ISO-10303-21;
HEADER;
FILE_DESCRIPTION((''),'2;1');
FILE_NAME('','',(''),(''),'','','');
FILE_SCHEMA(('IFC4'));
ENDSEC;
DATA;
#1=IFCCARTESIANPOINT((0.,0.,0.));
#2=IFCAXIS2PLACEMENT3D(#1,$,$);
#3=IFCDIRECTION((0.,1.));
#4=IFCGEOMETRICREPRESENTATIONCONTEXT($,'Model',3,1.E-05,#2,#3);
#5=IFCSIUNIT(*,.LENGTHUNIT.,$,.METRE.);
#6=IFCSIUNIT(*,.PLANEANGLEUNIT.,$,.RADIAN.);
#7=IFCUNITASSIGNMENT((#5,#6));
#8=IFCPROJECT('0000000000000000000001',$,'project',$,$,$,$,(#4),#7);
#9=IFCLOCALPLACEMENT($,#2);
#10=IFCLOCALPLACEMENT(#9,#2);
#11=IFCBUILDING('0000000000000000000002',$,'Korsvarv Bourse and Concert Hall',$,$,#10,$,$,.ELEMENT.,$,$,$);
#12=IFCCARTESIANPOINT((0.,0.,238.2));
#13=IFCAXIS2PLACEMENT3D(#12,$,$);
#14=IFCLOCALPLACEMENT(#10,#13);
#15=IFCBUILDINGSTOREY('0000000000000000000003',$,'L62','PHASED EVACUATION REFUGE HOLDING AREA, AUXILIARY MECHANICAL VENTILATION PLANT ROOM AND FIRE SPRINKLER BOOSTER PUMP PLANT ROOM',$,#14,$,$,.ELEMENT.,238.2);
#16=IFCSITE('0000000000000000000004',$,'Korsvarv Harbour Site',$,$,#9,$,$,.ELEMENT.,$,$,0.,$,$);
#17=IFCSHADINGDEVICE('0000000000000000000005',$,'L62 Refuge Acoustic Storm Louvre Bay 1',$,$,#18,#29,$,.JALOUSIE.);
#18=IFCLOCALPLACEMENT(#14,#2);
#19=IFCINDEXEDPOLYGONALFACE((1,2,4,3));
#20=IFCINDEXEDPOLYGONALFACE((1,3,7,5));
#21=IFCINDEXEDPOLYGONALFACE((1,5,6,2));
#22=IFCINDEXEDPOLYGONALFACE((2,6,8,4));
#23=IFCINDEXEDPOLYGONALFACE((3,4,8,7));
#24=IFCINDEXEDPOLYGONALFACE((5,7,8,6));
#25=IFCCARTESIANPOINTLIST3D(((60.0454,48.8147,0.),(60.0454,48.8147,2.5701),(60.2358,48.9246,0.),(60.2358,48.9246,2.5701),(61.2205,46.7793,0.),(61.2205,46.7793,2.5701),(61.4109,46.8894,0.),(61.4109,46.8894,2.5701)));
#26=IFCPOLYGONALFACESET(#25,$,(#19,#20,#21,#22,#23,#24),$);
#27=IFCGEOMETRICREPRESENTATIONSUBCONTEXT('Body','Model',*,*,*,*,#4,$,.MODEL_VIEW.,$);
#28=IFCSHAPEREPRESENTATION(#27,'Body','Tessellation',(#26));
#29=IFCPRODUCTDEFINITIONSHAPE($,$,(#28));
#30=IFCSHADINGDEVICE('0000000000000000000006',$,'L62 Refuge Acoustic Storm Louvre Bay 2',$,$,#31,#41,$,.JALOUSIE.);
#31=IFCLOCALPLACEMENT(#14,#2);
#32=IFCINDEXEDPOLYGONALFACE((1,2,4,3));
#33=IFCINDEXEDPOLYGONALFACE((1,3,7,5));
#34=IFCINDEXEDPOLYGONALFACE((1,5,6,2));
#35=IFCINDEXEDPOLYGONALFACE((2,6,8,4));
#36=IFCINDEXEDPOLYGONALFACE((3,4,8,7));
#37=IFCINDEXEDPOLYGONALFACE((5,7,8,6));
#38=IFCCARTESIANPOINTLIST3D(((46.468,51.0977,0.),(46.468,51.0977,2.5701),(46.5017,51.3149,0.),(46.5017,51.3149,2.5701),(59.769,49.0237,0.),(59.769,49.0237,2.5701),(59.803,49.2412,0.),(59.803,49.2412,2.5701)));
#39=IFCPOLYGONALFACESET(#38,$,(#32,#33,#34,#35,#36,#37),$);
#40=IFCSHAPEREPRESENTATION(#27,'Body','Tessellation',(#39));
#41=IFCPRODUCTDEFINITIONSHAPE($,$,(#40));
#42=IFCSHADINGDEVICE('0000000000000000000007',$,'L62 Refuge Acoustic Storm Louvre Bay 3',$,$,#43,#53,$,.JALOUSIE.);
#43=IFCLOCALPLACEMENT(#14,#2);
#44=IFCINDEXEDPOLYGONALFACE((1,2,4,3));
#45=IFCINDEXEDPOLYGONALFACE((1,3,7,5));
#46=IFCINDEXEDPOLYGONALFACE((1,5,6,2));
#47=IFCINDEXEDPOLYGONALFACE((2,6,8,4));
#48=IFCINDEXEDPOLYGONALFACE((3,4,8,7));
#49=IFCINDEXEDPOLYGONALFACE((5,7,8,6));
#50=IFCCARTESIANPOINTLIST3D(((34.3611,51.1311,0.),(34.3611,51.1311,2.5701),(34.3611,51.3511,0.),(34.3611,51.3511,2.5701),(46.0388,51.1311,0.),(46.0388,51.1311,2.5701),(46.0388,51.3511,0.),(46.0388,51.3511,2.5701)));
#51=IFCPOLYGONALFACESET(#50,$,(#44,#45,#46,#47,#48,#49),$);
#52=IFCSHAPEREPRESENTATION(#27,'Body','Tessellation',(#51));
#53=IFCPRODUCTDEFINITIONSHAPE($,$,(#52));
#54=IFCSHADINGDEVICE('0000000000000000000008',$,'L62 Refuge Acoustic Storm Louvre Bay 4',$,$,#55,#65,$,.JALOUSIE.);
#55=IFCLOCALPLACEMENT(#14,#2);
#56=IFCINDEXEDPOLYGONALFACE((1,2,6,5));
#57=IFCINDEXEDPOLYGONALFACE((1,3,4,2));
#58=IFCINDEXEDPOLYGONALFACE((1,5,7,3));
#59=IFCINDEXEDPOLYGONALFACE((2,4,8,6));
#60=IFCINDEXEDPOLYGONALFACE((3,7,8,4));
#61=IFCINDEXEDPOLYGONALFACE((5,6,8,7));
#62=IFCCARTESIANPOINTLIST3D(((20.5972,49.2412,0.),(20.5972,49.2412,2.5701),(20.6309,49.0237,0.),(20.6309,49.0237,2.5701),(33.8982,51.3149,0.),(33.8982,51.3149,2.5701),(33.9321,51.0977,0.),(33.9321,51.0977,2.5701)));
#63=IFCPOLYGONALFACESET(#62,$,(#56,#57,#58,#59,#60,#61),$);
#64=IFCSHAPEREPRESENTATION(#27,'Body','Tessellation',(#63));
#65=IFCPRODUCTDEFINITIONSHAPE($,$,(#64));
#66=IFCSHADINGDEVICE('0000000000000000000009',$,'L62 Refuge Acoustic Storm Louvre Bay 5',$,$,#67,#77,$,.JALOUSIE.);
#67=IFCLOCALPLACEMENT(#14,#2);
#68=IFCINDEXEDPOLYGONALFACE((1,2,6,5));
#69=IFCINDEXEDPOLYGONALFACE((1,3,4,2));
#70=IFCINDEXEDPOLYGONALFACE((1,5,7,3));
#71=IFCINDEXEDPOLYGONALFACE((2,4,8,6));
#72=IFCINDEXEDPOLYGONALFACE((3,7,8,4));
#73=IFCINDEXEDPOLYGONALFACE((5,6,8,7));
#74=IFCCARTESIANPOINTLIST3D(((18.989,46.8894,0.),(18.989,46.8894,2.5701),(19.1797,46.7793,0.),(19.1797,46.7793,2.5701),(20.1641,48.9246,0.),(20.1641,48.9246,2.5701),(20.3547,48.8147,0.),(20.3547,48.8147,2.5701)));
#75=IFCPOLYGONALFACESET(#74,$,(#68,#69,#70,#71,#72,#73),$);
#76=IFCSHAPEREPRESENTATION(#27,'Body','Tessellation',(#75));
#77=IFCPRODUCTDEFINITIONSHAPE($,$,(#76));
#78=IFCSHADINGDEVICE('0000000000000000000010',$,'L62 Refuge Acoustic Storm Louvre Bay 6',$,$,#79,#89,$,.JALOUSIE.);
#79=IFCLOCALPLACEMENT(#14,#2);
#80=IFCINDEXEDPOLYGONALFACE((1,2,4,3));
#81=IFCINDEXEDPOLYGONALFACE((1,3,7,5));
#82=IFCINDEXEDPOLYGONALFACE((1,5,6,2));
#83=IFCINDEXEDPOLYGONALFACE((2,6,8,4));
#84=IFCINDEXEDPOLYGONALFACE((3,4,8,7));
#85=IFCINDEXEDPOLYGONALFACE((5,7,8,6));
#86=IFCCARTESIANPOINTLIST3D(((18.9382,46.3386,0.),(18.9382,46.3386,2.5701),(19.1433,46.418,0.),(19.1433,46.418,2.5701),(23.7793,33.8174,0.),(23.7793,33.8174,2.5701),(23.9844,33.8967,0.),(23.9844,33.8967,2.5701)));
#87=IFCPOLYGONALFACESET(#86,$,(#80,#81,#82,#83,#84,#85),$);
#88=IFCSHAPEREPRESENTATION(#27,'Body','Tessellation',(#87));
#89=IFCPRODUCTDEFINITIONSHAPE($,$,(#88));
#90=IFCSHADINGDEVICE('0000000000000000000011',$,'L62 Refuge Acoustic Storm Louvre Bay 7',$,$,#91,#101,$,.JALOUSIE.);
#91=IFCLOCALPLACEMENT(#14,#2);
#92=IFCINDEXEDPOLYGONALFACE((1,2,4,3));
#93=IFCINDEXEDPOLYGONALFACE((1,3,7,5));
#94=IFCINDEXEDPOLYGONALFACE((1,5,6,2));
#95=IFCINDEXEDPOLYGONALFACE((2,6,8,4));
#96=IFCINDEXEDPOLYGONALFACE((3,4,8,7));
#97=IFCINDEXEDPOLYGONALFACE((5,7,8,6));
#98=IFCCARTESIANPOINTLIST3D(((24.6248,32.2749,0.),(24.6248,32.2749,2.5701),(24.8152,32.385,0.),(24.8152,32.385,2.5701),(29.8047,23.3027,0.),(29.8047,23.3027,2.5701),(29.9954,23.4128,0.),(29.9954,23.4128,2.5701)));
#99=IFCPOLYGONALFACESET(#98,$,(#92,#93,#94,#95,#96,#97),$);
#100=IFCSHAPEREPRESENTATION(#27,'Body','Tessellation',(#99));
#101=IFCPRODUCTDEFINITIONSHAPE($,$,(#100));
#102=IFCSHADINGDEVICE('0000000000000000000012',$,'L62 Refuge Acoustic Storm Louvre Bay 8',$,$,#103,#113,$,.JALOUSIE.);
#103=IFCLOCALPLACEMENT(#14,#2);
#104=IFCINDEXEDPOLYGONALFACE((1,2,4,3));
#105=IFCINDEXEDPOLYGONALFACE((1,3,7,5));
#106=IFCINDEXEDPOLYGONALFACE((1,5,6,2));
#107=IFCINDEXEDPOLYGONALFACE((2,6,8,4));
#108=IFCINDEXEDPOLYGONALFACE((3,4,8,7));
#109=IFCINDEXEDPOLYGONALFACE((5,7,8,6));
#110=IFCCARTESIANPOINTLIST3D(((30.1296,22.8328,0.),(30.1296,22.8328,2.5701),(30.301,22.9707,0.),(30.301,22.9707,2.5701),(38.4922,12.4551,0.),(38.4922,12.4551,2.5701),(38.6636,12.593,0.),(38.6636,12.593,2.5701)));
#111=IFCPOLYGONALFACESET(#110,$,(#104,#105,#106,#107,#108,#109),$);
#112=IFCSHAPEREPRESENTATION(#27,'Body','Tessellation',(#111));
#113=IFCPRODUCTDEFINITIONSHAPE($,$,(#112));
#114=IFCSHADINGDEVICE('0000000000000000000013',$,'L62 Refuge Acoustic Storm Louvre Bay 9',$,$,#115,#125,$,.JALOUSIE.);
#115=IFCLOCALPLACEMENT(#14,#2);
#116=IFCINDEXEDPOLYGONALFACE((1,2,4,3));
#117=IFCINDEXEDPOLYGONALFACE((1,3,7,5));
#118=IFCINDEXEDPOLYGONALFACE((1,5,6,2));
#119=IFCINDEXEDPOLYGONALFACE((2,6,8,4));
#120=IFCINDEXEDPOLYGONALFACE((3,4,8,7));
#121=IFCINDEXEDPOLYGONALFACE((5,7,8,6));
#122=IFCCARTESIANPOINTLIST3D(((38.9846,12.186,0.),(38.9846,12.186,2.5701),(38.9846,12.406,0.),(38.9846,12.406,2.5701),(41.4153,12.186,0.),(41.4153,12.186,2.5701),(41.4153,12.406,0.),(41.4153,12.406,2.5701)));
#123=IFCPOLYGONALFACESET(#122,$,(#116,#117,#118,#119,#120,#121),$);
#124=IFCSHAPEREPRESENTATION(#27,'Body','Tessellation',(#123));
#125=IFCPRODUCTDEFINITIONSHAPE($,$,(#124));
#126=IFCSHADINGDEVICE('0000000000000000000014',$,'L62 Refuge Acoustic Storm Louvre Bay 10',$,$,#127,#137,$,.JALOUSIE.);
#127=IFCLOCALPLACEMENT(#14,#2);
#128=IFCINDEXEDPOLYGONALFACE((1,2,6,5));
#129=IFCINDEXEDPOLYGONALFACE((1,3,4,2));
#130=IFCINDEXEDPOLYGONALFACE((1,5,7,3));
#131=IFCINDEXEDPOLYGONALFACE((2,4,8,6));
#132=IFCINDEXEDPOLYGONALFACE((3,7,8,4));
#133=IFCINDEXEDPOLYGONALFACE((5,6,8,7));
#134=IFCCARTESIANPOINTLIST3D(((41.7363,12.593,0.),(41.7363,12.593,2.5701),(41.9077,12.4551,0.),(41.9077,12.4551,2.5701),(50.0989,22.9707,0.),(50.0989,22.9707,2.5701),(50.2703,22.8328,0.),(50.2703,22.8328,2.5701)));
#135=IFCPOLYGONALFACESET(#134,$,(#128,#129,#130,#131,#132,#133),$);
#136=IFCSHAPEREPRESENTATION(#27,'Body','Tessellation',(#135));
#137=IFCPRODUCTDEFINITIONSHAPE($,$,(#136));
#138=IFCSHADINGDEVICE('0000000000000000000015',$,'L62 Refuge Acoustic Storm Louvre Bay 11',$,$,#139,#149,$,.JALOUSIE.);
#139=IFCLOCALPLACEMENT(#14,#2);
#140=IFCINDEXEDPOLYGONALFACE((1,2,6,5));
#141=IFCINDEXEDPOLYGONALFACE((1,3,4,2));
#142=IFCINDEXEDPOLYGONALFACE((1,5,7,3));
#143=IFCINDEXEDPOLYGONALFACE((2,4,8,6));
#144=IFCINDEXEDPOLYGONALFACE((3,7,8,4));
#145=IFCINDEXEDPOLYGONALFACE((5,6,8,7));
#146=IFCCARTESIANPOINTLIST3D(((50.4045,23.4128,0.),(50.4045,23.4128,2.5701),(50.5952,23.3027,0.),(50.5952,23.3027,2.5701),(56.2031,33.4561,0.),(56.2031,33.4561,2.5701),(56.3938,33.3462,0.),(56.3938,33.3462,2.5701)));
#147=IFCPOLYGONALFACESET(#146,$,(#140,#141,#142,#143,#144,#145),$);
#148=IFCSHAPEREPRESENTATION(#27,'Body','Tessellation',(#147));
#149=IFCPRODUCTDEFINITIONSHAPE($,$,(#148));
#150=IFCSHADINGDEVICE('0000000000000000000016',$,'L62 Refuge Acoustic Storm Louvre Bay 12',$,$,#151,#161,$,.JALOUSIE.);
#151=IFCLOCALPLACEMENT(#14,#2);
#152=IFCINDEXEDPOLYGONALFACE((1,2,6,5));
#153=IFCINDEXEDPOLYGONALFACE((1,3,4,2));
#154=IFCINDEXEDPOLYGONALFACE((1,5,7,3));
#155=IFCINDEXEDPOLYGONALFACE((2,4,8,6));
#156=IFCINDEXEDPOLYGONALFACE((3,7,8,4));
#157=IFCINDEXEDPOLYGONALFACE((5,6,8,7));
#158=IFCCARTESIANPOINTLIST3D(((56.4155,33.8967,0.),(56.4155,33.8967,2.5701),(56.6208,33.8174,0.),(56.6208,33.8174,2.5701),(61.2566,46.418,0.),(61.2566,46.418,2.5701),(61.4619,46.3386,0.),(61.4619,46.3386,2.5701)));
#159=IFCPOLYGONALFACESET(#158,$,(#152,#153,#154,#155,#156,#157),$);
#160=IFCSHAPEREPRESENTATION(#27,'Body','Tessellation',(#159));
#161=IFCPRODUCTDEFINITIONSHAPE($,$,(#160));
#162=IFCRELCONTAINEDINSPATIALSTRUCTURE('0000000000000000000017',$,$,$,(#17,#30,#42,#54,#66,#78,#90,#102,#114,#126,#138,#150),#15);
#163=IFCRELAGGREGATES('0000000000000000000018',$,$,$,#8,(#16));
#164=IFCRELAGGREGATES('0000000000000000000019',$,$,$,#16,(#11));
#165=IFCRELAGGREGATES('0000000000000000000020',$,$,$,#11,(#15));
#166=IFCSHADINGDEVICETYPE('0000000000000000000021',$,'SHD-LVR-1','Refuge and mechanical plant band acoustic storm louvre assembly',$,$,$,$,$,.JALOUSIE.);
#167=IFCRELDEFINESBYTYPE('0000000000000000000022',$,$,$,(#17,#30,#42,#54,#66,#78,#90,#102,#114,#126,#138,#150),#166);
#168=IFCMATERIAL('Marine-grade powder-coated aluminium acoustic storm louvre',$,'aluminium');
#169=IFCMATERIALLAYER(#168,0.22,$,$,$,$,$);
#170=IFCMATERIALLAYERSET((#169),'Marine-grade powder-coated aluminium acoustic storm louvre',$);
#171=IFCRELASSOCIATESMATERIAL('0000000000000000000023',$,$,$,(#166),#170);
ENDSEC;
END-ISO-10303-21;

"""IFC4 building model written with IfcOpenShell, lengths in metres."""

from ifc_helpers import new_model, si_unit, direction, frame, origin, place, context, subcontext, project, spatial, polyline, outline, extrude, material, layer, layer_set, type_object, element, save


model = new_model("IFC4")

# Units and contexts
model_context = context("Model", 3, precision=1e-05, world=origin(), true_north=direction((0.0, 1.0)))
body_context = subcontext(model_context, "Body", "Model", "MODEL_VIEW")
ifc_project = project(units=[si_unit("LENGTHUNIT", "METRE"), si_unit("PLANEANGLEUNIT", "RADIAN")], contexts=[model_context])

# Site, building, storey
site_placement = place(None, origin())
site = spatial("IfcSite", under=ifc_project, at=site_placement, Name="Korsvarv Harbour Site", CompositionType="ELEMENT", RefElevation=0.0)
building_placement = place(site_placement, origin())
building = spatial("IfcBuilding", under=site, at=building_placement, Name="Korsvarv Bourse and Concert Hall", CompositionType="ELEMENT")
storey_placement = place(building_placement, frame((0.0, 0.0, 238.2)))
storey = spatial("IfcBuildingStorey", under=building, at=storey_placement, Name="L62", Description="PHASED EVACUATION REFUGE HOLDING AREA, AUXILIARY MECHANICAL VENTILATION PLANT ROOM AND FIRE SPRINKLER BOOSTER PUMP PLANT ROOM", CompositionType="ELEMENT", Elevation=238.2)

# Shading devices
ifc_material_1 = material(Name="Marine-grade powder-coated aluminium acoustic storm louvre", Category="aluminium")
ifc_layer_1 = layer(ifc_material_1, 0.22)
ifc_layer_set_1 = layer_set([ifc_layer_1], Name="Marine-grade powder-coated aluminium acoustic storm louvre")
shading_device_type = type_object("IfcShadingDeviceType", Name="SHD-LVR-1", Description="Refuge and mechanical plant band acoustic storm louvre assembly", PredefinedType="JALOUSIE", material=ifc_layer_set_1)
shading_device_1_placement = place(storey_placement, origin())
element("IfcShadingDevice", 1, at=shading_device_1_placement, inside=storey, type_object=shading_device_type, Name="L62 Refuge Acoustic Storm Louvre Bay 1", PredefinedType="JALOUSIE", context=body_context, shape_type="SweptSolid", body=[
    extrude(outline(polyline([(61.2205, 46.7793), (60.0454, 48.8147), (60.2358, 48.9246), (61.4109, 46.8894), (61.2205, 46.7793)])), origin(), (0.0, 0.0, 1.0), 2.5701),
])
shading_device_2_placement = place(storey_placement, origin())
element("IfcShadingDevice", 2, at=shading_device_2_placement, inside=storey, type_object=shading_device_type, Name="L62 Refuge Acoustic Storm Louvre Bay 2", PredefinedType="JALOUSIE", context=body_context, shape_type="SweptSolid", body=[
    extrude(outline(polyline([(59.769, 49.0237), (46.468, 51.0977), (46.5017, 51.3149), (59.803, 49.2412), (59.769, 49.0237)])), origin(), (0.0, 0.0, 1.0), 2.5701),
])
shading_device_3_placement = place(storey_placement, origin())
element("IfcShadingDevice", 3, at=shading_device_3_placement, inside=storey, type_object=shading_device_type, Name="L62 Refuge Acoustic Storm Louvre Bay 3", PredefinedType="JALOUSIE", context=body_context, shape_type="SweptSolid", body=[
    extrude(outline(polyline([(46.0388, 51.1311), (34.3611, 51.1311), (34.3611, 51.3511), (46.0388, 51.3511), (46.0388, 51.1311)])), origin(), (0.0, 0.0, 1.0), 2.5701),
])
shading_device_4_placement = place(storey_placement, origin())
element("IfcShadingDevice", 4, at=shading_device_4_placement, inside=storey, type_object=shading_device_type, Name="L62 Refuge Acoustic Storm Louvre Bay 4", PredefinedType="JALOUSIE", context=body_context, shape_type="SweptSolid", body=[
    extrude(outline(polyline([(33.9321, 51.0977), (20.6309, 49.0237), (20.5972, 49.2412), (33.8982, 51.3149), (33.9321, 51.0977)])), origin(), (0.0, 0.0, 1.0), 2.5701),
])
shading_device_5_placement = place(storey_placement, origin())
element("IfcShadingDevice", 5, at=shading_device_5_placement, inside=storey, type_object=shading_device_type, Name="L62 Refuge Acoustic Storm Louvre Bay 5", PredefinedType="JALOUSIE", context=body_context, shape_type="SweptSolid", body=[
    extrude(outline(polyline([(20.3547, 48.8147), (19.1797, 46.7793), (18.989, 46.8894), (20.1641, 48.9246), (20.3547, 48.8147)])), origin(), (0.0, 0.0, 1.0), 2.5701),
])
shading_device_6_placement = place(storey_placement, origin())
element("IfcShadingDevice", 6, at=shading_device_6_placement, inside=storey, type_object=shading_device_type, Name="L62 Refuge Acoustic Storm Louvre Bay 6", PredefinedType="JALOUSIE", context=body_context, shape_type="SweptSolid", body=[
    extrude(outline(polyline([(19.1433, 46.418), (23.9844, 33.8967), (23.7793, 33.8174), (18.9382, 46.3386), (19.1433, 46.418)])), origin(), (0.0, 0.0, 1.0), 2.5701),
])
shading_device_7_placement = place(storey_placement, origin())
element("IfcShadingDevice", 7, at=shading_device_7_placement, inside=storey, type_object=shading_device_type, Name="L62 Refuge Acoustic Storm Louvre Bay 7", PredefinedType="JALOUSIE", context=body_context, shape_type="SweptSolid", body=[
    extrude(outline(polyline([(24.8152, 32.385), (29.9954, 23.4128), (29.8047, 23.3027), (24.6248, 32.2749), (24.8152, 32.385)])), origin(), (0.0, 0.0, 1.0), 2.5701),
])
shading_device_8_placement = place(storey_placement, origin())
element("IfcShadingDevice", 8, at=shading_device_8_placement, inside=storey, type_object=shading_device_type, Name="L62 Refuge Acoustic Storm Louvre Bay 8", PredefinedType="JALOUSIE", context=body_context, shape_type="SweptSolid", body=[
    extrude(outline(polyline([(30.301, 22.9707), (38.6636, 12.593), (38.4922, 12.4551), (30.1296, 22.8328), (30.301, 22.9707)])), origin(), (0.0, 0.0, 1.0), 2.5701),
])
shading_device_9_placement = place(storey_placement, origin())
element("IfcShadingDevice", 9, at=shading_device_9_placement, inside=storey, type_object=shading_device_type, Name="L62 Refuge Acoustic Storm Louvre Bay 9", PredefinedType="JALOUSIE", context=body_context, shape_type="SweptSolid", body=[
    extrude(outline(polyline([(38.9846, 12.406), (41.4153, 12.406), (41.4153, 12.186), (38.9846, 12.186), (38.9846, 12.406)])), origin(), (0.0, 0.0, 1.0), 2.5701),
])
shading_device_10_placement = place(storey_placement, origin())
element("IfcShadingDevice", 10, at=shading_device_10_placement, inside=storey, type_object=shading_device_type, Name="L62 Refuge Acoustic Storm Louvre Bay 10", PredefinedType="JALOUSIE", context=body_context, shape_type="SweptSolid", body=[
    extrude(outline(polyline([(41.7363, 12.593), (50.0989, 22.9707), (50.2703, 22.8328), (41.9077, 12.4551), (41.7363, 12.593)])), origin(), (0.0, 0.0, 1.0), 2.5701),
])
shading_device_11_placement = place(storey_placement, origin())
element("IfcShadingDevice", 11, at=shading_device_11_placement, inside=storey, type_object=shading_device_type, Name="L62 Refuge Acoustic Storm Louvre Bay 11", PredefinedType="JALOUSIE", context=body_context, shape_type="SweptSolid", body=[
    extrude(outline(polyline([(50.4045, 23.4128), (56.2031, 33.4561), (56.3938, 33.3462), (50.5952, 23.3027), (50.4045, 23.4128)])), origin(), (0.0, 0.0, 1.0), 2.5701),
])
shading_device_12_placement = place(storey_placement, origin())
element("IfcShadingDevice", 12, at=shading_device_12_placement, inside=storey, type_object=shading_device_type, Name="L62 Refuge Acoustic Storm Louvre Bay 12", PredefinedType="JALOUSIE", context=body_context, shape_type="SweptSolid", body=[
    extrude(outline(polyline([(56.4155, 33.8967), (61.2566, 46.418), (61.4619, 46.3386), (56.6208, 33.8174), (56.4155, 33.8967)])), origin(), (0.0, 0.0, 1.0), 2.5701),
])

save(model, "model.ifc")
